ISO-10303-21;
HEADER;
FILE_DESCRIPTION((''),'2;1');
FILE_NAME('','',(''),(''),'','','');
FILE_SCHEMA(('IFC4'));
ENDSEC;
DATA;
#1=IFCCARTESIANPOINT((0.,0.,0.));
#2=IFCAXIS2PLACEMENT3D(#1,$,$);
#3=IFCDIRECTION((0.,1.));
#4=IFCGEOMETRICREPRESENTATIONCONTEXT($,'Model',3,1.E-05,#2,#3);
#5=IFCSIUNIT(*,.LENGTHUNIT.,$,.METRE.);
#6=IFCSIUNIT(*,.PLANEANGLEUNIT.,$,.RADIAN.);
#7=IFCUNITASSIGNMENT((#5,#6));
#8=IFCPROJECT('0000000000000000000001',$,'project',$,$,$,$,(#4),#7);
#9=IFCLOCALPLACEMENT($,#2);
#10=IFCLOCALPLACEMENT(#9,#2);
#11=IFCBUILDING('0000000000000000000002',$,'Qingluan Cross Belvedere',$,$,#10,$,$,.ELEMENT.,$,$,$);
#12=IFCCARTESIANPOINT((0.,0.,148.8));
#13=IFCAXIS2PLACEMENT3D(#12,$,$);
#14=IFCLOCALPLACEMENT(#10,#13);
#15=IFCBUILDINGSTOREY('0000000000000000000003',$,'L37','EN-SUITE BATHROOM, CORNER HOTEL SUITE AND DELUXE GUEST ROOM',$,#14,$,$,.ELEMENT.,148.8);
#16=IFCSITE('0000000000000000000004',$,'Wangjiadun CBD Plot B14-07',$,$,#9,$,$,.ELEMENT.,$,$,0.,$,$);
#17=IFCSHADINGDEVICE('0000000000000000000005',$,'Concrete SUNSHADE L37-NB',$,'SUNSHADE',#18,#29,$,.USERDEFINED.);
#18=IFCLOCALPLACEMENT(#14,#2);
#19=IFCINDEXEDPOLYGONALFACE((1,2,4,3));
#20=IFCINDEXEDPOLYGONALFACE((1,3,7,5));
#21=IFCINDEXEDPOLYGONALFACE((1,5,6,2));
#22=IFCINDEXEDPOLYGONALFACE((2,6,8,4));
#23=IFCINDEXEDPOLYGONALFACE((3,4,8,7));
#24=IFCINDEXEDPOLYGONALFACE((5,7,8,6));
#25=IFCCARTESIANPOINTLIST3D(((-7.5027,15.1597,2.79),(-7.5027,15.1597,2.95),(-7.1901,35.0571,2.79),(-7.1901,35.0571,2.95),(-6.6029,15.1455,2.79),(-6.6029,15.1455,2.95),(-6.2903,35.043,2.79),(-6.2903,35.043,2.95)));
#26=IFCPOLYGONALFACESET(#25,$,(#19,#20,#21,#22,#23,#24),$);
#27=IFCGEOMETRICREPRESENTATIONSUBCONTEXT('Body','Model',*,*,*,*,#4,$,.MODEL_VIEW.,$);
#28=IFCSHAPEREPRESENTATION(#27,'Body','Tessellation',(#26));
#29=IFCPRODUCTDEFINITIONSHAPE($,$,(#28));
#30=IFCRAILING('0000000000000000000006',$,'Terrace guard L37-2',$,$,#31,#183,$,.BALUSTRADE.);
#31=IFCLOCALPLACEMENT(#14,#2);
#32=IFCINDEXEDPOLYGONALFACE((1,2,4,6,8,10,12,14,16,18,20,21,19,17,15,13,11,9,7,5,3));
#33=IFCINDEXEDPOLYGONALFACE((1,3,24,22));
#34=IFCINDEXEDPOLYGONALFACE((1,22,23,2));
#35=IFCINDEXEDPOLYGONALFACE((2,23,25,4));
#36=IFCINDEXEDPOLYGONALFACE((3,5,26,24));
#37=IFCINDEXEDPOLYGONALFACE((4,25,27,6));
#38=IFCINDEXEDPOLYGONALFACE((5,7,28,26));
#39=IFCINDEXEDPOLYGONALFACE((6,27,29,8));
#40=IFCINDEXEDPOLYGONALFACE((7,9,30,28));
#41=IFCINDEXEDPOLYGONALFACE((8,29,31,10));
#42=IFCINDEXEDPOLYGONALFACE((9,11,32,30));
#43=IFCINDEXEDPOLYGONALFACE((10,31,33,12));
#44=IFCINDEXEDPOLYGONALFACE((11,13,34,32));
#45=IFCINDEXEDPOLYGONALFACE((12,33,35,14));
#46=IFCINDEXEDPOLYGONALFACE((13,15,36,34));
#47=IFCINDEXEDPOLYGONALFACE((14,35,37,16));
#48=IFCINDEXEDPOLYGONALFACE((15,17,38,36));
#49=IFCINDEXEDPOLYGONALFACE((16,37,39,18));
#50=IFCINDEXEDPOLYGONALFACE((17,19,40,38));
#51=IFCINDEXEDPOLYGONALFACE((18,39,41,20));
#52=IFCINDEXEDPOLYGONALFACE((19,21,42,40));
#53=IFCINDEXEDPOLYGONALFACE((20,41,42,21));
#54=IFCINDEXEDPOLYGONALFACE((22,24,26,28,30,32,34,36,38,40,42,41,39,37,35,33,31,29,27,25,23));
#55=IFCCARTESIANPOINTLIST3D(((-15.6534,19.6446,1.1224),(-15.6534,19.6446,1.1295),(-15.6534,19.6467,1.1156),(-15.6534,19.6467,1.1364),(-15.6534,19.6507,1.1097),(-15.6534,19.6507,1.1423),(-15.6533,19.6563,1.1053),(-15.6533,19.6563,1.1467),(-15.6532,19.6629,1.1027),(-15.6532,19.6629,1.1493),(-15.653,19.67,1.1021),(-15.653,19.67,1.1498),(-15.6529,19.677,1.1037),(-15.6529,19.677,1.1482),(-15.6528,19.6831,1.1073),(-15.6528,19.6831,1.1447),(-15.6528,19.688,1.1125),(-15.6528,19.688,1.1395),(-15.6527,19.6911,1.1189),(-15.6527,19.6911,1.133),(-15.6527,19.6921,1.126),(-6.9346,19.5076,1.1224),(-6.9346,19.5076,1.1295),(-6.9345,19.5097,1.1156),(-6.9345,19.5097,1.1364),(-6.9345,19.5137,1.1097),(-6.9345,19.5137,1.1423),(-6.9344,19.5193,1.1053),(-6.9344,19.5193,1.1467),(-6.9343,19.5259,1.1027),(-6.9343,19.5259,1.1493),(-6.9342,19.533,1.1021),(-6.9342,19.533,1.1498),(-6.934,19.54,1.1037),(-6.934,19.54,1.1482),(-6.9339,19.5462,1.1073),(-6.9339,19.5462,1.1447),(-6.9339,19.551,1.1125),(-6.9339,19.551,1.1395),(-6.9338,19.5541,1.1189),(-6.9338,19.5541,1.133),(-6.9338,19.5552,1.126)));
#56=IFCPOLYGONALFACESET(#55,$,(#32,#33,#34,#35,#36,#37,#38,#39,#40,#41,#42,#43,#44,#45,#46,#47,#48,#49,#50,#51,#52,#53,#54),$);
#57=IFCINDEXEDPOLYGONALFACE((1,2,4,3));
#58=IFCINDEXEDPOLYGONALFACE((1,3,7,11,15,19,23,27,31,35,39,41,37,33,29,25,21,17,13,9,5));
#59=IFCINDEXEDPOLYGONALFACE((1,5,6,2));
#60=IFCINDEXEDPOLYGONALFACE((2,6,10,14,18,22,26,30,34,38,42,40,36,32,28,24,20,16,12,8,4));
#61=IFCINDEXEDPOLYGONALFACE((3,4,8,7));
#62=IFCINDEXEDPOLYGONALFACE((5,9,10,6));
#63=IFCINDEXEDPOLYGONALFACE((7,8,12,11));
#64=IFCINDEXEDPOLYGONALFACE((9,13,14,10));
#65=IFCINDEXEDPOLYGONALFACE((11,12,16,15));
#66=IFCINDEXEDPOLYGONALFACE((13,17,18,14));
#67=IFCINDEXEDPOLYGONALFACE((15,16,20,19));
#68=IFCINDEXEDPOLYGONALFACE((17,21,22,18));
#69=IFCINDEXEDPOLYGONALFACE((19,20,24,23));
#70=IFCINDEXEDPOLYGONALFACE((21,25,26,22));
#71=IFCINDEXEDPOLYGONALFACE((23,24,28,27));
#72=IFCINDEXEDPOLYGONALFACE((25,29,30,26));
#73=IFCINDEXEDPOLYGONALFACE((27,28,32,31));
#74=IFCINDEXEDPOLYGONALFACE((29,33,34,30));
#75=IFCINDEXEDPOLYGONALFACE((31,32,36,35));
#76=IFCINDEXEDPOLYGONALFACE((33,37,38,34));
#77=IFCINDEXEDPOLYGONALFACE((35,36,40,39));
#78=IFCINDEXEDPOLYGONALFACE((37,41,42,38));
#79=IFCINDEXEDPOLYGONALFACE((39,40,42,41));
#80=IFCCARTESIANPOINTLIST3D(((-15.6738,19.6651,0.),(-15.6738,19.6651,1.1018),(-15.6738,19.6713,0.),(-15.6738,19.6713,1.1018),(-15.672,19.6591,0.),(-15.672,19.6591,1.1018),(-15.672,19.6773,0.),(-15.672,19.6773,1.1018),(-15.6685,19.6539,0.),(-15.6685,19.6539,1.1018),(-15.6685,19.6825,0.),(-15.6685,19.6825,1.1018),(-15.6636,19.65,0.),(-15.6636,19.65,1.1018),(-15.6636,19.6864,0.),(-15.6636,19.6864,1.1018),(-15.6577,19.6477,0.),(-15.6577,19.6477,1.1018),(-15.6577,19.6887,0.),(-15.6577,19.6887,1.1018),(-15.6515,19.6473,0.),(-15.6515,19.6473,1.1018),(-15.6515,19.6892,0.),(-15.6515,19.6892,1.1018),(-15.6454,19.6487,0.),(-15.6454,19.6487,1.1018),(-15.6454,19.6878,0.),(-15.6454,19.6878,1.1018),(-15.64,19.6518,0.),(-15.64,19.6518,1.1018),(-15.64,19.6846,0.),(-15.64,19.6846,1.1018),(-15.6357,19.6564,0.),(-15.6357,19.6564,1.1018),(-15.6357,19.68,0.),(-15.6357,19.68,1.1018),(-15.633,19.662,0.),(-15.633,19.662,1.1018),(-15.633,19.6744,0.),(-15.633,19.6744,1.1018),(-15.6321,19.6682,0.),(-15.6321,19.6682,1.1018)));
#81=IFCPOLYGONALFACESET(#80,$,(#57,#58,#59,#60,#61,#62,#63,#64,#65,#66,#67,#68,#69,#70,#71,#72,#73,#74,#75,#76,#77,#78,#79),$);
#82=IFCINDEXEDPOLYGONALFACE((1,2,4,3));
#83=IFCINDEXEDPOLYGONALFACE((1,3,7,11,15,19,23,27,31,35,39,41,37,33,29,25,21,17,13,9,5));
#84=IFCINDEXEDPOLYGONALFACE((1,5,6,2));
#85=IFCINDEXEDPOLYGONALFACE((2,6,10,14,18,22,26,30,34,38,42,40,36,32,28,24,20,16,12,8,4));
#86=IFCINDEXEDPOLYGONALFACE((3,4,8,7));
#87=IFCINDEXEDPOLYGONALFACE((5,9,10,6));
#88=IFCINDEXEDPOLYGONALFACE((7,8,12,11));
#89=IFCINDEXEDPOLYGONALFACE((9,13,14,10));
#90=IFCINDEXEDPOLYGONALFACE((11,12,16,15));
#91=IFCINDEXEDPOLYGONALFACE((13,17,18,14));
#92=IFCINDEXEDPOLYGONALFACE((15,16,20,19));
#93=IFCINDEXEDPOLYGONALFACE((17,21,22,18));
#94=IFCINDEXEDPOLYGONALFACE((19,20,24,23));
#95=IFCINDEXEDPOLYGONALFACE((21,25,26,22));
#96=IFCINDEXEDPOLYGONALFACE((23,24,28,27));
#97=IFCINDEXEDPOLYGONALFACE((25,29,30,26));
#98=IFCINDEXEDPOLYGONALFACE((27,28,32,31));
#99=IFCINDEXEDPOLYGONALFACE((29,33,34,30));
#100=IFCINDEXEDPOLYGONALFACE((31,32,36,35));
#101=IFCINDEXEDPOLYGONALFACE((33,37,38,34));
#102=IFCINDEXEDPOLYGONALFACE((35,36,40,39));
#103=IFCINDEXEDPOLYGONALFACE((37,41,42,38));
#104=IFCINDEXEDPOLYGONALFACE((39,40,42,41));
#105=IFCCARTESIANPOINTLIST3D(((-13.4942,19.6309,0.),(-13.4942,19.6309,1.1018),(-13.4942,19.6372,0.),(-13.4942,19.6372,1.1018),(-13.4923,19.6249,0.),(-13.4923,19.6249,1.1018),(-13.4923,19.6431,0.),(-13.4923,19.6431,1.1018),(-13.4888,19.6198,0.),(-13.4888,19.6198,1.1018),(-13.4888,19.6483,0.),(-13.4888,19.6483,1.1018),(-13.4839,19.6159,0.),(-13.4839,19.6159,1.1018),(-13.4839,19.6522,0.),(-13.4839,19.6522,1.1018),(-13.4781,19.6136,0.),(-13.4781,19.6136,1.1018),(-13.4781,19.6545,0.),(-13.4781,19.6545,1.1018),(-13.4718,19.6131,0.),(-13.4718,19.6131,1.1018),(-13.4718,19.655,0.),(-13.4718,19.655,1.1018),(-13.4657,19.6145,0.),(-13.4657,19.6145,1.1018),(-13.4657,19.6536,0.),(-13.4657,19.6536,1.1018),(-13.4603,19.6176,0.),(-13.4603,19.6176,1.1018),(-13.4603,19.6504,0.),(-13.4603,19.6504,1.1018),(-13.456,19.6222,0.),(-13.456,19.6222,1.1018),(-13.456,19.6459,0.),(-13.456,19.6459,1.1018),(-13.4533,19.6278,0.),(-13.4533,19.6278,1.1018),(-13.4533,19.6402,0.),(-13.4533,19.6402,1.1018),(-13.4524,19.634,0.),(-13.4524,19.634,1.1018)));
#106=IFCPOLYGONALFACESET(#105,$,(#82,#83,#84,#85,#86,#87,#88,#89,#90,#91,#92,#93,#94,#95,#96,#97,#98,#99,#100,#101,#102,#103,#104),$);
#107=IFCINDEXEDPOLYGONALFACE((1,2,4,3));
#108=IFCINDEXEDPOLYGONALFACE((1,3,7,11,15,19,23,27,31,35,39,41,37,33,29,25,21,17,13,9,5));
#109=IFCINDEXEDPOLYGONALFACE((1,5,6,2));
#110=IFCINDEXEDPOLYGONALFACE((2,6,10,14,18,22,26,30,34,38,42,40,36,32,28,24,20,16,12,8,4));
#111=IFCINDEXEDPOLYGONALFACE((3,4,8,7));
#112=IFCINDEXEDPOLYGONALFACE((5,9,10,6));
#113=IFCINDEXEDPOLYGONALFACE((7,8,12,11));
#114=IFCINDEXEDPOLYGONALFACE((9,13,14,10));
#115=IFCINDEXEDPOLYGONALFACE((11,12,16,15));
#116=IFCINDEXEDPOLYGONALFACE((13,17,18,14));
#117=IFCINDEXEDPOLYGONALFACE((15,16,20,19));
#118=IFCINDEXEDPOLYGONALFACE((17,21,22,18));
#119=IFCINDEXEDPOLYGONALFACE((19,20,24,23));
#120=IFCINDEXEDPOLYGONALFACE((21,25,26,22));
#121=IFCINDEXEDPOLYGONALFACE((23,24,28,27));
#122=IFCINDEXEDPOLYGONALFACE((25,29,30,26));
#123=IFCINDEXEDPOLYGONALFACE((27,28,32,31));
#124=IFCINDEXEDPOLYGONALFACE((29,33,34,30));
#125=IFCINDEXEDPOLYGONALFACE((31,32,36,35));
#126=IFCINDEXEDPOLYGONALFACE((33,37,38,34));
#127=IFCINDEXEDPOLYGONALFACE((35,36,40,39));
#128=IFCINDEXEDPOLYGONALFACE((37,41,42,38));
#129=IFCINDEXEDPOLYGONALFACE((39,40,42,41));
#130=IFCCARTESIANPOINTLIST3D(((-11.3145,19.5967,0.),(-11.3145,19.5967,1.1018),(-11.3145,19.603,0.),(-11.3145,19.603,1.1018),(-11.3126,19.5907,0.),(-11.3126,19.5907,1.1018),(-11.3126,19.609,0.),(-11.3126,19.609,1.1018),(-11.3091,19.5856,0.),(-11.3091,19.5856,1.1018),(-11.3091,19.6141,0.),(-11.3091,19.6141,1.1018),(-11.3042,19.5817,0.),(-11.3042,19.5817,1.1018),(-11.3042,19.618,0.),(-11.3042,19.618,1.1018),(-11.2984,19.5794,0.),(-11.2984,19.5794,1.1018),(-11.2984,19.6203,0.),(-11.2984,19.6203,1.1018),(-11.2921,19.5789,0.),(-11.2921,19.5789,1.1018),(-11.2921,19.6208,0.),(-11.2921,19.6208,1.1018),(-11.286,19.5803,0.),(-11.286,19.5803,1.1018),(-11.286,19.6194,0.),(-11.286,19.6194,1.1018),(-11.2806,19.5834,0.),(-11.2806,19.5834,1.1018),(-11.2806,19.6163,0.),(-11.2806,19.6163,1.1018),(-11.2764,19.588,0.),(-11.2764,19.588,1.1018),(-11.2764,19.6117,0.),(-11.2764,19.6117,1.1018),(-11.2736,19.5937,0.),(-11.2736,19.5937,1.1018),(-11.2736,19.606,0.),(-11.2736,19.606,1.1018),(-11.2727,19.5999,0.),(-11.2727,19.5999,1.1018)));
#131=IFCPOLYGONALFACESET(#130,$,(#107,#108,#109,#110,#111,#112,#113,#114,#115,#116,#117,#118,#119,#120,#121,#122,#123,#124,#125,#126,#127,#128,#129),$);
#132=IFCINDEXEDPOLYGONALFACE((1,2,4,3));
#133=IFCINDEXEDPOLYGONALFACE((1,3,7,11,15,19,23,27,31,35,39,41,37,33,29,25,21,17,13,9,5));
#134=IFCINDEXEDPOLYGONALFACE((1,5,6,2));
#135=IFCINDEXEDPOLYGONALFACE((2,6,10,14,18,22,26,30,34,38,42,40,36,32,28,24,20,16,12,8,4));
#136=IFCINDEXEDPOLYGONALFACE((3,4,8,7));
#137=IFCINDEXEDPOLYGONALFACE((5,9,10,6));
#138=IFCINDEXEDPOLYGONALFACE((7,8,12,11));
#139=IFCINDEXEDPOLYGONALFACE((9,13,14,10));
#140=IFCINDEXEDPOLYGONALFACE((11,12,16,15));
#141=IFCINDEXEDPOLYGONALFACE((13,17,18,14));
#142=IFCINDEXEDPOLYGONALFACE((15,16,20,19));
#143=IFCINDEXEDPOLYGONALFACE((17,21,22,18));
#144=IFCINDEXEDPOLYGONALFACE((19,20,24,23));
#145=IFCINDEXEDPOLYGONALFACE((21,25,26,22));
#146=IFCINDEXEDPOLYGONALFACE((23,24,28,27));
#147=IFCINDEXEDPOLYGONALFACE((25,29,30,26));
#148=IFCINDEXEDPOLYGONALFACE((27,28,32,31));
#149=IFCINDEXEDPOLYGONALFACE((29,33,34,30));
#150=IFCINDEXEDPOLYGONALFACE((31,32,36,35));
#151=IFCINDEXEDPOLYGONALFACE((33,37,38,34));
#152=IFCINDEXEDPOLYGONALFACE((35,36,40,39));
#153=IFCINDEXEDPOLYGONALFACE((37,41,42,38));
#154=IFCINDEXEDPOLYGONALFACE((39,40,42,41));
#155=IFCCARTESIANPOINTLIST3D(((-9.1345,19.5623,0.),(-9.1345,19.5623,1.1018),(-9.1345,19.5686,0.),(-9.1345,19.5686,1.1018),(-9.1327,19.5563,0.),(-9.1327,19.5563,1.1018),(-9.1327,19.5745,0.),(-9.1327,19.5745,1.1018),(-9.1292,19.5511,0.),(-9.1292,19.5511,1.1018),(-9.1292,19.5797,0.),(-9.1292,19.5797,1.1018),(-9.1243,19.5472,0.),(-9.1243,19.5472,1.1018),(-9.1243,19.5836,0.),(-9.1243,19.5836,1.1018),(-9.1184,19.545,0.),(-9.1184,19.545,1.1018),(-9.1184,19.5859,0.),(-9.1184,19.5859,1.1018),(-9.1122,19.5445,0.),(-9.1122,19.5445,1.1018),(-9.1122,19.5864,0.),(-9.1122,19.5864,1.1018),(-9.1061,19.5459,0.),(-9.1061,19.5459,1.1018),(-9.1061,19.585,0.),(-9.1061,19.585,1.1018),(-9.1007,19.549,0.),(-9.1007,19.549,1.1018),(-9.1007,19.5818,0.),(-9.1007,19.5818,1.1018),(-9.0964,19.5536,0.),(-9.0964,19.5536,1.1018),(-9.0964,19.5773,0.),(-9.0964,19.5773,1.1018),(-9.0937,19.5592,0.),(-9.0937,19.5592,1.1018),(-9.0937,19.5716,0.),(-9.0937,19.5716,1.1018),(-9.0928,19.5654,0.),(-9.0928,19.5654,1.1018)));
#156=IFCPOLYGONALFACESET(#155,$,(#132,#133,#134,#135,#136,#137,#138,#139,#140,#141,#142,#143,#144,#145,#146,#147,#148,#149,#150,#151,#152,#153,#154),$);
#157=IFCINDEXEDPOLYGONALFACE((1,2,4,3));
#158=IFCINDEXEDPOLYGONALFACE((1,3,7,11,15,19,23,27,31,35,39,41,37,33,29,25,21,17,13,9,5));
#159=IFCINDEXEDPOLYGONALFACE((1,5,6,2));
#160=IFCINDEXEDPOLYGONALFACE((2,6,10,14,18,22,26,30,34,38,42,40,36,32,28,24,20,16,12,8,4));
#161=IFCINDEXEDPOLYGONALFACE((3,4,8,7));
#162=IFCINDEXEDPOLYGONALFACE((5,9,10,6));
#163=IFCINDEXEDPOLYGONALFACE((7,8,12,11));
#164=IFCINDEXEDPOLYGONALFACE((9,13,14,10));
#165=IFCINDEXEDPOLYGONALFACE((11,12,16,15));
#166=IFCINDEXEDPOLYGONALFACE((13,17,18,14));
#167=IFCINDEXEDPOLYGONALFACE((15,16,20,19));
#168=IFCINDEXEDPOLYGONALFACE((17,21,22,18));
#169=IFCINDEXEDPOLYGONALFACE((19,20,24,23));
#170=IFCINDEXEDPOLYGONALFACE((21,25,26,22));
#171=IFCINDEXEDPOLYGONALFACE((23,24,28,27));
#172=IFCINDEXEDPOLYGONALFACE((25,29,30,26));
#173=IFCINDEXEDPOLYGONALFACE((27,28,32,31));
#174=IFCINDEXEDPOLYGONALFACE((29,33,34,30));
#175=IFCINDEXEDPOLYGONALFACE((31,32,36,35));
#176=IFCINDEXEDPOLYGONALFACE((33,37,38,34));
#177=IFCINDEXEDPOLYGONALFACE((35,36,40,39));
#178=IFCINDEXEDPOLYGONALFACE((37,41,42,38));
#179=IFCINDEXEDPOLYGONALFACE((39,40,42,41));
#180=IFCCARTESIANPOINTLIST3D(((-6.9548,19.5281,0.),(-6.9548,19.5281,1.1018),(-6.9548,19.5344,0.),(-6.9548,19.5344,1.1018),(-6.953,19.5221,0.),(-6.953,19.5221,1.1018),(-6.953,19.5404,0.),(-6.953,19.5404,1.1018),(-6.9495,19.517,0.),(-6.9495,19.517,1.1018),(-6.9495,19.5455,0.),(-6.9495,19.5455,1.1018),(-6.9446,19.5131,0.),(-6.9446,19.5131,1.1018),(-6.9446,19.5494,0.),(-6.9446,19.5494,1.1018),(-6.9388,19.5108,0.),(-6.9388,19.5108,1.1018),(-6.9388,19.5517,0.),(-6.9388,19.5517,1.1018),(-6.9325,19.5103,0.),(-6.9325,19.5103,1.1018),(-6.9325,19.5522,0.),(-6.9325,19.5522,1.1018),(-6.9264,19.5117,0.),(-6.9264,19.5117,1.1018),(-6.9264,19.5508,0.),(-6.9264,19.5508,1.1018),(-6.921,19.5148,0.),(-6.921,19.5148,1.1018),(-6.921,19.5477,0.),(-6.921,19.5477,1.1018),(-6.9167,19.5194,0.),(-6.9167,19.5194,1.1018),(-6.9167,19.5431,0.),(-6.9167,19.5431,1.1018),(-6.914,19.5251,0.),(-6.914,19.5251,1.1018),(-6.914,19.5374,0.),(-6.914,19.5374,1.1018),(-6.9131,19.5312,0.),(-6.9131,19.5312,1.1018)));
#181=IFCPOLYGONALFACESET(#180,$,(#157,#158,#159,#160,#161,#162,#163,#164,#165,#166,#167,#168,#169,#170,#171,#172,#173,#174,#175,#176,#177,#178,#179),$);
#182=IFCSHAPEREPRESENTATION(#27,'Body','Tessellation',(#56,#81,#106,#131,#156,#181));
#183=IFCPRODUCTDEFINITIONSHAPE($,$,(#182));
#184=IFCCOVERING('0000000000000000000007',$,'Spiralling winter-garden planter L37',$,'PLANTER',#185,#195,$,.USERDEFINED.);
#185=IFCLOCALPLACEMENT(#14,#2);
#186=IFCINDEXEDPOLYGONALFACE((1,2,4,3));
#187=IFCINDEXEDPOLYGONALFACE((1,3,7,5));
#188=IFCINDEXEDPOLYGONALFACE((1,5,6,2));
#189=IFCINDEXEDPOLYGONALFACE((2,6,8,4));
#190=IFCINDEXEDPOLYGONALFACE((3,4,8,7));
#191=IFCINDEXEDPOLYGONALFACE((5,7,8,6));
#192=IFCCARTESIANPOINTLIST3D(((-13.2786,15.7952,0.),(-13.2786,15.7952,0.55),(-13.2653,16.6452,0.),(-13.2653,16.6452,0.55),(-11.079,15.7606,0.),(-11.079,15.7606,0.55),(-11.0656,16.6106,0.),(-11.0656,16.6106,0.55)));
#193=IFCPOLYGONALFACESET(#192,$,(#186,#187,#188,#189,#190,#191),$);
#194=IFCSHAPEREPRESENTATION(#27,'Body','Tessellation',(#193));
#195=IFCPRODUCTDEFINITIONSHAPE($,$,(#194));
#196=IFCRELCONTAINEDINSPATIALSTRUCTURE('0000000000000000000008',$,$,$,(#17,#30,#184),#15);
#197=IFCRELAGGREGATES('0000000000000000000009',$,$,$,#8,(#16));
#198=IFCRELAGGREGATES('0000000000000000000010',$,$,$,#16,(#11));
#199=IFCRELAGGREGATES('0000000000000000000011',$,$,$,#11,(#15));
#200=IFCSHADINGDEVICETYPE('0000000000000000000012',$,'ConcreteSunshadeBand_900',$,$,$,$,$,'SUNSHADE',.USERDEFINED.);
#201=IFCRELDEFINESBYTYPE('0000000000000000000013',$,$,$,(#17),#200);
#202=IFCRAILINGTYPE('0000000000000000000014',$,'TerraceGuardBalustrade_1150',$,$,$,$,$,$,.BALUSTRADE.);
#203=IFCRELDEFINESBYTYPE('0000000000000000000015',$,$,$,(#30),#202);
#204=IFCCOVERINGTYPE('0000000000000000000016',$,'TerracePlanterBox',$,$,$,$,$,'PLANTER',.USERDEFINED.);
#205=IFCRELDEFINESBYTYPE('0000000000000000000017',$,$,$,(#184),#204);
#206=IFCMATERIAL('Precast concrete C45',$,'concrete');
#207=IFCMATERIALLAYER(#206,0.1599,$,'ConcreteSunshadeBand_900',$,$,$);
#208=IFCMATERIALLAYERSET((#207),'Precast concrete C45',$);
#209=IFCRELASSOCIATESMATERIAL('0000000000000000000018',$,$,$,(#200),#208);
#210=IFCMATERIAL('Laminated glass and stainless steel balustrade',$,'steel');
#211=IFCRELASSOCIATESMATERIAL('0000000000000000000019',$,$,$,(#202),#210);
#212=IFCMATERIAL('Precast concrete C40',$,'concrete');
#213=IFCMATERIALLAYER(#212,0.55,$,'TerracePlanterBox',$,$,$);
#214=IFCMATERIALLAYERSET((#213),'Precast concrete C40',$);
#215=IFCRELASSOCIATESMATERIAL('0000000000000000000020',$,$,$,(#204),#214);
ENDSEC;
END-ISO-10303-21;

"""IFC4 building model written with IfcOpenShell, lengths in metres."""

from ifc_helpers import new_model, si_unit, direction, frame, origin, origin_2d, place, context, subcontext, project, spatial, rectangle, circle, extrude, material, layer, layer_set, type_object, element, save


model = new_model("IFC4")

# Units and contexts
model_context = context("Model", 3, precision=1e-05, world=origin(), true_north=direction((0.0, 1.0)))
body_context = subcontext(model_context, "Body", "Model", "MODEL_VIEW")
ifc_project = project(units=[si_unit("LENGTHUNIT", "METRE"), si_unit("PLANEANGLEUNIT", "RADIAN")], contexts=[model_context])

# Site, building, storey
site_placement = place(None, origin())
site = spatial("IfcSite", under=ifc_project, at=site_placement, Name="Wangjiadun CBD Plot B14-07", CompositionType="ELEMENT", RefElevation=0.0)
building_placement = place(site_placement, origin())
building = spatial("IfcBuilding", under=site, at=building_placement, Name="Qingluan Cross Belvedere", CompositionType="ELEMENT")
storey_placement = place(building_placement, frame((0.0, 0.0, 148.8)))
storey = spatial("IfcBuildingStorey", under=building, at=storey_placement, Name="L37", Description="EN-SUITE BATHROOM, CORNER HOTEL SUITE AND DELUXE GUEST ROOM", CompositionType="ELEMENT", Elevation=148.8)

# Shading device
ifc_material_1 = material(Name="Precast concrete C45", Category="concrete")
ifc_layer_1 = layer(ifc_material_1, 0.1599, Name="ConcreteSunshadeBand_900")
ifc_layer_set_1 = layer_set([ifc_layer_1], Name="Precast concrete C45")
shading_device_type = type_object("IfcShadingDeviceType", Name="ConcreteSunshadeBand_900", ElementType="SUNSHADE", PredefinedType="USERDEFINED", material=ifc_layer_set_1)
shading_device_placement = place(storey_placement, frame((-6.8965, 25.1013, 2.79), z_axis=(0.0, 0.0, 1.0), x_axis=(-0.015706, -0.999877, 0.0)))
element("IfcShadingDevice", 1, at=shading_device_placement, inside=storey, type_object=shading_device_type, Name="Concrete SUNSHADE L37-NB", ObjectType="SUNSHADE", PredefinedType="USERDEFINED", context=body_context, shape_type="SweptSolid", body=[
    extrude(rectangle(XDim=19.8999, YDim=0.8999, at=origin_2d()), origin(), (0.0, 0.0, 1.0), 0.1599),
])

# Railing
ifc_material_2 = material(Name="Laminated glass and stainless steel balustrade", Category="steel")
railing_type = type_object("IfcRailingType", Name="TerraceGuardBalustrade_1150", PredefinedType="BALUSTRADE", material=ifc_material_2)
railing_placement = place(storey_placement, frame((-15.6531, 19.6682, 0.0)))
element("IfcRailing", 2, at=railing_placement, inside=storey, type_object=railing_type, Name="Terrace guard L37-2", PredefinedType="BALUSTRADE", context=body_context, shape_type="SweptSolid", body=[
    extrude(circle(Radius=0.0239, at=origin_2d()), frame((0.0, 0.0, 1.126), z_axis=(0.999877, -0.015707, 0.0), x_axis=(0.015707, 0.999877, 0.0)), (0.0, 0.0, 1.0), 8.72),
    extrude(circle(Radius=0.021, at=origin_2d()), origin(), (0.0, 0.0, 1.0), 1.1018),
    extrude(circle(Radius=0.021, at=origin_2d()), frame((2.1797, -0.0342, 0.0)), (0.0, 0.0, 1.0), 1.1018),
    extrude(circle(Radius=0.021, at=origin_2d()), frame((4.3594, -0.0684, 0.0)), (0.0, 0.0, 1.0), 1.1018),
    extrude(circle(Radius=0.021, at=origin_2d()), frame((6.5393, -0.1028, 0.0)), (0.0, 0.0, 1.0), 1.1018),
    extrude(circle(Radius=0.021, at=origin_2d()), frame((8.719, -0.137, 0.0)), (0.0, 0.0, 1.0), 1.1018),
])

# Covering
ifc_material_3 = material(Name="Precast concrete C40", Category="concrete")
ifc_layer_2 = layer(ifc_material_3, 0.55, Name="TerracePlanterBox")
ifc_layer_set_2 = layer_set([ifc_layer_2], Name="Precast concrete C40")
covering_type_1 = type_object("IfcCoveringType", Name="TerracePlanterBox", ElementType="PLANTER", PredefinedType="USERDEFINED", material=ifc_layer_set_2)
covering_placement = place(storey_placement, frame((-12.1721, 16.2029, 0.0), z_axis=(0.0, 0.0, 1.0), x_axis=(0.999877, -0.015707, 0.0)))
element("IfcCovering", 3, at=covering_placement, inside=storey, type_object=covering_type_1, Name="Spiralling winter-garden planter L37", ObjectType="PLANTER", PredefinedType="USERDEFINED", context=body_context, shape_type="SweptSolid", body=[
    extrude(rectangle(XDim=2.2, YDim=0.8501, at=origin_2d()), origin(), (0.0, 0.0, 1.0), 0.55),
])

save(model, "model.ifc")
